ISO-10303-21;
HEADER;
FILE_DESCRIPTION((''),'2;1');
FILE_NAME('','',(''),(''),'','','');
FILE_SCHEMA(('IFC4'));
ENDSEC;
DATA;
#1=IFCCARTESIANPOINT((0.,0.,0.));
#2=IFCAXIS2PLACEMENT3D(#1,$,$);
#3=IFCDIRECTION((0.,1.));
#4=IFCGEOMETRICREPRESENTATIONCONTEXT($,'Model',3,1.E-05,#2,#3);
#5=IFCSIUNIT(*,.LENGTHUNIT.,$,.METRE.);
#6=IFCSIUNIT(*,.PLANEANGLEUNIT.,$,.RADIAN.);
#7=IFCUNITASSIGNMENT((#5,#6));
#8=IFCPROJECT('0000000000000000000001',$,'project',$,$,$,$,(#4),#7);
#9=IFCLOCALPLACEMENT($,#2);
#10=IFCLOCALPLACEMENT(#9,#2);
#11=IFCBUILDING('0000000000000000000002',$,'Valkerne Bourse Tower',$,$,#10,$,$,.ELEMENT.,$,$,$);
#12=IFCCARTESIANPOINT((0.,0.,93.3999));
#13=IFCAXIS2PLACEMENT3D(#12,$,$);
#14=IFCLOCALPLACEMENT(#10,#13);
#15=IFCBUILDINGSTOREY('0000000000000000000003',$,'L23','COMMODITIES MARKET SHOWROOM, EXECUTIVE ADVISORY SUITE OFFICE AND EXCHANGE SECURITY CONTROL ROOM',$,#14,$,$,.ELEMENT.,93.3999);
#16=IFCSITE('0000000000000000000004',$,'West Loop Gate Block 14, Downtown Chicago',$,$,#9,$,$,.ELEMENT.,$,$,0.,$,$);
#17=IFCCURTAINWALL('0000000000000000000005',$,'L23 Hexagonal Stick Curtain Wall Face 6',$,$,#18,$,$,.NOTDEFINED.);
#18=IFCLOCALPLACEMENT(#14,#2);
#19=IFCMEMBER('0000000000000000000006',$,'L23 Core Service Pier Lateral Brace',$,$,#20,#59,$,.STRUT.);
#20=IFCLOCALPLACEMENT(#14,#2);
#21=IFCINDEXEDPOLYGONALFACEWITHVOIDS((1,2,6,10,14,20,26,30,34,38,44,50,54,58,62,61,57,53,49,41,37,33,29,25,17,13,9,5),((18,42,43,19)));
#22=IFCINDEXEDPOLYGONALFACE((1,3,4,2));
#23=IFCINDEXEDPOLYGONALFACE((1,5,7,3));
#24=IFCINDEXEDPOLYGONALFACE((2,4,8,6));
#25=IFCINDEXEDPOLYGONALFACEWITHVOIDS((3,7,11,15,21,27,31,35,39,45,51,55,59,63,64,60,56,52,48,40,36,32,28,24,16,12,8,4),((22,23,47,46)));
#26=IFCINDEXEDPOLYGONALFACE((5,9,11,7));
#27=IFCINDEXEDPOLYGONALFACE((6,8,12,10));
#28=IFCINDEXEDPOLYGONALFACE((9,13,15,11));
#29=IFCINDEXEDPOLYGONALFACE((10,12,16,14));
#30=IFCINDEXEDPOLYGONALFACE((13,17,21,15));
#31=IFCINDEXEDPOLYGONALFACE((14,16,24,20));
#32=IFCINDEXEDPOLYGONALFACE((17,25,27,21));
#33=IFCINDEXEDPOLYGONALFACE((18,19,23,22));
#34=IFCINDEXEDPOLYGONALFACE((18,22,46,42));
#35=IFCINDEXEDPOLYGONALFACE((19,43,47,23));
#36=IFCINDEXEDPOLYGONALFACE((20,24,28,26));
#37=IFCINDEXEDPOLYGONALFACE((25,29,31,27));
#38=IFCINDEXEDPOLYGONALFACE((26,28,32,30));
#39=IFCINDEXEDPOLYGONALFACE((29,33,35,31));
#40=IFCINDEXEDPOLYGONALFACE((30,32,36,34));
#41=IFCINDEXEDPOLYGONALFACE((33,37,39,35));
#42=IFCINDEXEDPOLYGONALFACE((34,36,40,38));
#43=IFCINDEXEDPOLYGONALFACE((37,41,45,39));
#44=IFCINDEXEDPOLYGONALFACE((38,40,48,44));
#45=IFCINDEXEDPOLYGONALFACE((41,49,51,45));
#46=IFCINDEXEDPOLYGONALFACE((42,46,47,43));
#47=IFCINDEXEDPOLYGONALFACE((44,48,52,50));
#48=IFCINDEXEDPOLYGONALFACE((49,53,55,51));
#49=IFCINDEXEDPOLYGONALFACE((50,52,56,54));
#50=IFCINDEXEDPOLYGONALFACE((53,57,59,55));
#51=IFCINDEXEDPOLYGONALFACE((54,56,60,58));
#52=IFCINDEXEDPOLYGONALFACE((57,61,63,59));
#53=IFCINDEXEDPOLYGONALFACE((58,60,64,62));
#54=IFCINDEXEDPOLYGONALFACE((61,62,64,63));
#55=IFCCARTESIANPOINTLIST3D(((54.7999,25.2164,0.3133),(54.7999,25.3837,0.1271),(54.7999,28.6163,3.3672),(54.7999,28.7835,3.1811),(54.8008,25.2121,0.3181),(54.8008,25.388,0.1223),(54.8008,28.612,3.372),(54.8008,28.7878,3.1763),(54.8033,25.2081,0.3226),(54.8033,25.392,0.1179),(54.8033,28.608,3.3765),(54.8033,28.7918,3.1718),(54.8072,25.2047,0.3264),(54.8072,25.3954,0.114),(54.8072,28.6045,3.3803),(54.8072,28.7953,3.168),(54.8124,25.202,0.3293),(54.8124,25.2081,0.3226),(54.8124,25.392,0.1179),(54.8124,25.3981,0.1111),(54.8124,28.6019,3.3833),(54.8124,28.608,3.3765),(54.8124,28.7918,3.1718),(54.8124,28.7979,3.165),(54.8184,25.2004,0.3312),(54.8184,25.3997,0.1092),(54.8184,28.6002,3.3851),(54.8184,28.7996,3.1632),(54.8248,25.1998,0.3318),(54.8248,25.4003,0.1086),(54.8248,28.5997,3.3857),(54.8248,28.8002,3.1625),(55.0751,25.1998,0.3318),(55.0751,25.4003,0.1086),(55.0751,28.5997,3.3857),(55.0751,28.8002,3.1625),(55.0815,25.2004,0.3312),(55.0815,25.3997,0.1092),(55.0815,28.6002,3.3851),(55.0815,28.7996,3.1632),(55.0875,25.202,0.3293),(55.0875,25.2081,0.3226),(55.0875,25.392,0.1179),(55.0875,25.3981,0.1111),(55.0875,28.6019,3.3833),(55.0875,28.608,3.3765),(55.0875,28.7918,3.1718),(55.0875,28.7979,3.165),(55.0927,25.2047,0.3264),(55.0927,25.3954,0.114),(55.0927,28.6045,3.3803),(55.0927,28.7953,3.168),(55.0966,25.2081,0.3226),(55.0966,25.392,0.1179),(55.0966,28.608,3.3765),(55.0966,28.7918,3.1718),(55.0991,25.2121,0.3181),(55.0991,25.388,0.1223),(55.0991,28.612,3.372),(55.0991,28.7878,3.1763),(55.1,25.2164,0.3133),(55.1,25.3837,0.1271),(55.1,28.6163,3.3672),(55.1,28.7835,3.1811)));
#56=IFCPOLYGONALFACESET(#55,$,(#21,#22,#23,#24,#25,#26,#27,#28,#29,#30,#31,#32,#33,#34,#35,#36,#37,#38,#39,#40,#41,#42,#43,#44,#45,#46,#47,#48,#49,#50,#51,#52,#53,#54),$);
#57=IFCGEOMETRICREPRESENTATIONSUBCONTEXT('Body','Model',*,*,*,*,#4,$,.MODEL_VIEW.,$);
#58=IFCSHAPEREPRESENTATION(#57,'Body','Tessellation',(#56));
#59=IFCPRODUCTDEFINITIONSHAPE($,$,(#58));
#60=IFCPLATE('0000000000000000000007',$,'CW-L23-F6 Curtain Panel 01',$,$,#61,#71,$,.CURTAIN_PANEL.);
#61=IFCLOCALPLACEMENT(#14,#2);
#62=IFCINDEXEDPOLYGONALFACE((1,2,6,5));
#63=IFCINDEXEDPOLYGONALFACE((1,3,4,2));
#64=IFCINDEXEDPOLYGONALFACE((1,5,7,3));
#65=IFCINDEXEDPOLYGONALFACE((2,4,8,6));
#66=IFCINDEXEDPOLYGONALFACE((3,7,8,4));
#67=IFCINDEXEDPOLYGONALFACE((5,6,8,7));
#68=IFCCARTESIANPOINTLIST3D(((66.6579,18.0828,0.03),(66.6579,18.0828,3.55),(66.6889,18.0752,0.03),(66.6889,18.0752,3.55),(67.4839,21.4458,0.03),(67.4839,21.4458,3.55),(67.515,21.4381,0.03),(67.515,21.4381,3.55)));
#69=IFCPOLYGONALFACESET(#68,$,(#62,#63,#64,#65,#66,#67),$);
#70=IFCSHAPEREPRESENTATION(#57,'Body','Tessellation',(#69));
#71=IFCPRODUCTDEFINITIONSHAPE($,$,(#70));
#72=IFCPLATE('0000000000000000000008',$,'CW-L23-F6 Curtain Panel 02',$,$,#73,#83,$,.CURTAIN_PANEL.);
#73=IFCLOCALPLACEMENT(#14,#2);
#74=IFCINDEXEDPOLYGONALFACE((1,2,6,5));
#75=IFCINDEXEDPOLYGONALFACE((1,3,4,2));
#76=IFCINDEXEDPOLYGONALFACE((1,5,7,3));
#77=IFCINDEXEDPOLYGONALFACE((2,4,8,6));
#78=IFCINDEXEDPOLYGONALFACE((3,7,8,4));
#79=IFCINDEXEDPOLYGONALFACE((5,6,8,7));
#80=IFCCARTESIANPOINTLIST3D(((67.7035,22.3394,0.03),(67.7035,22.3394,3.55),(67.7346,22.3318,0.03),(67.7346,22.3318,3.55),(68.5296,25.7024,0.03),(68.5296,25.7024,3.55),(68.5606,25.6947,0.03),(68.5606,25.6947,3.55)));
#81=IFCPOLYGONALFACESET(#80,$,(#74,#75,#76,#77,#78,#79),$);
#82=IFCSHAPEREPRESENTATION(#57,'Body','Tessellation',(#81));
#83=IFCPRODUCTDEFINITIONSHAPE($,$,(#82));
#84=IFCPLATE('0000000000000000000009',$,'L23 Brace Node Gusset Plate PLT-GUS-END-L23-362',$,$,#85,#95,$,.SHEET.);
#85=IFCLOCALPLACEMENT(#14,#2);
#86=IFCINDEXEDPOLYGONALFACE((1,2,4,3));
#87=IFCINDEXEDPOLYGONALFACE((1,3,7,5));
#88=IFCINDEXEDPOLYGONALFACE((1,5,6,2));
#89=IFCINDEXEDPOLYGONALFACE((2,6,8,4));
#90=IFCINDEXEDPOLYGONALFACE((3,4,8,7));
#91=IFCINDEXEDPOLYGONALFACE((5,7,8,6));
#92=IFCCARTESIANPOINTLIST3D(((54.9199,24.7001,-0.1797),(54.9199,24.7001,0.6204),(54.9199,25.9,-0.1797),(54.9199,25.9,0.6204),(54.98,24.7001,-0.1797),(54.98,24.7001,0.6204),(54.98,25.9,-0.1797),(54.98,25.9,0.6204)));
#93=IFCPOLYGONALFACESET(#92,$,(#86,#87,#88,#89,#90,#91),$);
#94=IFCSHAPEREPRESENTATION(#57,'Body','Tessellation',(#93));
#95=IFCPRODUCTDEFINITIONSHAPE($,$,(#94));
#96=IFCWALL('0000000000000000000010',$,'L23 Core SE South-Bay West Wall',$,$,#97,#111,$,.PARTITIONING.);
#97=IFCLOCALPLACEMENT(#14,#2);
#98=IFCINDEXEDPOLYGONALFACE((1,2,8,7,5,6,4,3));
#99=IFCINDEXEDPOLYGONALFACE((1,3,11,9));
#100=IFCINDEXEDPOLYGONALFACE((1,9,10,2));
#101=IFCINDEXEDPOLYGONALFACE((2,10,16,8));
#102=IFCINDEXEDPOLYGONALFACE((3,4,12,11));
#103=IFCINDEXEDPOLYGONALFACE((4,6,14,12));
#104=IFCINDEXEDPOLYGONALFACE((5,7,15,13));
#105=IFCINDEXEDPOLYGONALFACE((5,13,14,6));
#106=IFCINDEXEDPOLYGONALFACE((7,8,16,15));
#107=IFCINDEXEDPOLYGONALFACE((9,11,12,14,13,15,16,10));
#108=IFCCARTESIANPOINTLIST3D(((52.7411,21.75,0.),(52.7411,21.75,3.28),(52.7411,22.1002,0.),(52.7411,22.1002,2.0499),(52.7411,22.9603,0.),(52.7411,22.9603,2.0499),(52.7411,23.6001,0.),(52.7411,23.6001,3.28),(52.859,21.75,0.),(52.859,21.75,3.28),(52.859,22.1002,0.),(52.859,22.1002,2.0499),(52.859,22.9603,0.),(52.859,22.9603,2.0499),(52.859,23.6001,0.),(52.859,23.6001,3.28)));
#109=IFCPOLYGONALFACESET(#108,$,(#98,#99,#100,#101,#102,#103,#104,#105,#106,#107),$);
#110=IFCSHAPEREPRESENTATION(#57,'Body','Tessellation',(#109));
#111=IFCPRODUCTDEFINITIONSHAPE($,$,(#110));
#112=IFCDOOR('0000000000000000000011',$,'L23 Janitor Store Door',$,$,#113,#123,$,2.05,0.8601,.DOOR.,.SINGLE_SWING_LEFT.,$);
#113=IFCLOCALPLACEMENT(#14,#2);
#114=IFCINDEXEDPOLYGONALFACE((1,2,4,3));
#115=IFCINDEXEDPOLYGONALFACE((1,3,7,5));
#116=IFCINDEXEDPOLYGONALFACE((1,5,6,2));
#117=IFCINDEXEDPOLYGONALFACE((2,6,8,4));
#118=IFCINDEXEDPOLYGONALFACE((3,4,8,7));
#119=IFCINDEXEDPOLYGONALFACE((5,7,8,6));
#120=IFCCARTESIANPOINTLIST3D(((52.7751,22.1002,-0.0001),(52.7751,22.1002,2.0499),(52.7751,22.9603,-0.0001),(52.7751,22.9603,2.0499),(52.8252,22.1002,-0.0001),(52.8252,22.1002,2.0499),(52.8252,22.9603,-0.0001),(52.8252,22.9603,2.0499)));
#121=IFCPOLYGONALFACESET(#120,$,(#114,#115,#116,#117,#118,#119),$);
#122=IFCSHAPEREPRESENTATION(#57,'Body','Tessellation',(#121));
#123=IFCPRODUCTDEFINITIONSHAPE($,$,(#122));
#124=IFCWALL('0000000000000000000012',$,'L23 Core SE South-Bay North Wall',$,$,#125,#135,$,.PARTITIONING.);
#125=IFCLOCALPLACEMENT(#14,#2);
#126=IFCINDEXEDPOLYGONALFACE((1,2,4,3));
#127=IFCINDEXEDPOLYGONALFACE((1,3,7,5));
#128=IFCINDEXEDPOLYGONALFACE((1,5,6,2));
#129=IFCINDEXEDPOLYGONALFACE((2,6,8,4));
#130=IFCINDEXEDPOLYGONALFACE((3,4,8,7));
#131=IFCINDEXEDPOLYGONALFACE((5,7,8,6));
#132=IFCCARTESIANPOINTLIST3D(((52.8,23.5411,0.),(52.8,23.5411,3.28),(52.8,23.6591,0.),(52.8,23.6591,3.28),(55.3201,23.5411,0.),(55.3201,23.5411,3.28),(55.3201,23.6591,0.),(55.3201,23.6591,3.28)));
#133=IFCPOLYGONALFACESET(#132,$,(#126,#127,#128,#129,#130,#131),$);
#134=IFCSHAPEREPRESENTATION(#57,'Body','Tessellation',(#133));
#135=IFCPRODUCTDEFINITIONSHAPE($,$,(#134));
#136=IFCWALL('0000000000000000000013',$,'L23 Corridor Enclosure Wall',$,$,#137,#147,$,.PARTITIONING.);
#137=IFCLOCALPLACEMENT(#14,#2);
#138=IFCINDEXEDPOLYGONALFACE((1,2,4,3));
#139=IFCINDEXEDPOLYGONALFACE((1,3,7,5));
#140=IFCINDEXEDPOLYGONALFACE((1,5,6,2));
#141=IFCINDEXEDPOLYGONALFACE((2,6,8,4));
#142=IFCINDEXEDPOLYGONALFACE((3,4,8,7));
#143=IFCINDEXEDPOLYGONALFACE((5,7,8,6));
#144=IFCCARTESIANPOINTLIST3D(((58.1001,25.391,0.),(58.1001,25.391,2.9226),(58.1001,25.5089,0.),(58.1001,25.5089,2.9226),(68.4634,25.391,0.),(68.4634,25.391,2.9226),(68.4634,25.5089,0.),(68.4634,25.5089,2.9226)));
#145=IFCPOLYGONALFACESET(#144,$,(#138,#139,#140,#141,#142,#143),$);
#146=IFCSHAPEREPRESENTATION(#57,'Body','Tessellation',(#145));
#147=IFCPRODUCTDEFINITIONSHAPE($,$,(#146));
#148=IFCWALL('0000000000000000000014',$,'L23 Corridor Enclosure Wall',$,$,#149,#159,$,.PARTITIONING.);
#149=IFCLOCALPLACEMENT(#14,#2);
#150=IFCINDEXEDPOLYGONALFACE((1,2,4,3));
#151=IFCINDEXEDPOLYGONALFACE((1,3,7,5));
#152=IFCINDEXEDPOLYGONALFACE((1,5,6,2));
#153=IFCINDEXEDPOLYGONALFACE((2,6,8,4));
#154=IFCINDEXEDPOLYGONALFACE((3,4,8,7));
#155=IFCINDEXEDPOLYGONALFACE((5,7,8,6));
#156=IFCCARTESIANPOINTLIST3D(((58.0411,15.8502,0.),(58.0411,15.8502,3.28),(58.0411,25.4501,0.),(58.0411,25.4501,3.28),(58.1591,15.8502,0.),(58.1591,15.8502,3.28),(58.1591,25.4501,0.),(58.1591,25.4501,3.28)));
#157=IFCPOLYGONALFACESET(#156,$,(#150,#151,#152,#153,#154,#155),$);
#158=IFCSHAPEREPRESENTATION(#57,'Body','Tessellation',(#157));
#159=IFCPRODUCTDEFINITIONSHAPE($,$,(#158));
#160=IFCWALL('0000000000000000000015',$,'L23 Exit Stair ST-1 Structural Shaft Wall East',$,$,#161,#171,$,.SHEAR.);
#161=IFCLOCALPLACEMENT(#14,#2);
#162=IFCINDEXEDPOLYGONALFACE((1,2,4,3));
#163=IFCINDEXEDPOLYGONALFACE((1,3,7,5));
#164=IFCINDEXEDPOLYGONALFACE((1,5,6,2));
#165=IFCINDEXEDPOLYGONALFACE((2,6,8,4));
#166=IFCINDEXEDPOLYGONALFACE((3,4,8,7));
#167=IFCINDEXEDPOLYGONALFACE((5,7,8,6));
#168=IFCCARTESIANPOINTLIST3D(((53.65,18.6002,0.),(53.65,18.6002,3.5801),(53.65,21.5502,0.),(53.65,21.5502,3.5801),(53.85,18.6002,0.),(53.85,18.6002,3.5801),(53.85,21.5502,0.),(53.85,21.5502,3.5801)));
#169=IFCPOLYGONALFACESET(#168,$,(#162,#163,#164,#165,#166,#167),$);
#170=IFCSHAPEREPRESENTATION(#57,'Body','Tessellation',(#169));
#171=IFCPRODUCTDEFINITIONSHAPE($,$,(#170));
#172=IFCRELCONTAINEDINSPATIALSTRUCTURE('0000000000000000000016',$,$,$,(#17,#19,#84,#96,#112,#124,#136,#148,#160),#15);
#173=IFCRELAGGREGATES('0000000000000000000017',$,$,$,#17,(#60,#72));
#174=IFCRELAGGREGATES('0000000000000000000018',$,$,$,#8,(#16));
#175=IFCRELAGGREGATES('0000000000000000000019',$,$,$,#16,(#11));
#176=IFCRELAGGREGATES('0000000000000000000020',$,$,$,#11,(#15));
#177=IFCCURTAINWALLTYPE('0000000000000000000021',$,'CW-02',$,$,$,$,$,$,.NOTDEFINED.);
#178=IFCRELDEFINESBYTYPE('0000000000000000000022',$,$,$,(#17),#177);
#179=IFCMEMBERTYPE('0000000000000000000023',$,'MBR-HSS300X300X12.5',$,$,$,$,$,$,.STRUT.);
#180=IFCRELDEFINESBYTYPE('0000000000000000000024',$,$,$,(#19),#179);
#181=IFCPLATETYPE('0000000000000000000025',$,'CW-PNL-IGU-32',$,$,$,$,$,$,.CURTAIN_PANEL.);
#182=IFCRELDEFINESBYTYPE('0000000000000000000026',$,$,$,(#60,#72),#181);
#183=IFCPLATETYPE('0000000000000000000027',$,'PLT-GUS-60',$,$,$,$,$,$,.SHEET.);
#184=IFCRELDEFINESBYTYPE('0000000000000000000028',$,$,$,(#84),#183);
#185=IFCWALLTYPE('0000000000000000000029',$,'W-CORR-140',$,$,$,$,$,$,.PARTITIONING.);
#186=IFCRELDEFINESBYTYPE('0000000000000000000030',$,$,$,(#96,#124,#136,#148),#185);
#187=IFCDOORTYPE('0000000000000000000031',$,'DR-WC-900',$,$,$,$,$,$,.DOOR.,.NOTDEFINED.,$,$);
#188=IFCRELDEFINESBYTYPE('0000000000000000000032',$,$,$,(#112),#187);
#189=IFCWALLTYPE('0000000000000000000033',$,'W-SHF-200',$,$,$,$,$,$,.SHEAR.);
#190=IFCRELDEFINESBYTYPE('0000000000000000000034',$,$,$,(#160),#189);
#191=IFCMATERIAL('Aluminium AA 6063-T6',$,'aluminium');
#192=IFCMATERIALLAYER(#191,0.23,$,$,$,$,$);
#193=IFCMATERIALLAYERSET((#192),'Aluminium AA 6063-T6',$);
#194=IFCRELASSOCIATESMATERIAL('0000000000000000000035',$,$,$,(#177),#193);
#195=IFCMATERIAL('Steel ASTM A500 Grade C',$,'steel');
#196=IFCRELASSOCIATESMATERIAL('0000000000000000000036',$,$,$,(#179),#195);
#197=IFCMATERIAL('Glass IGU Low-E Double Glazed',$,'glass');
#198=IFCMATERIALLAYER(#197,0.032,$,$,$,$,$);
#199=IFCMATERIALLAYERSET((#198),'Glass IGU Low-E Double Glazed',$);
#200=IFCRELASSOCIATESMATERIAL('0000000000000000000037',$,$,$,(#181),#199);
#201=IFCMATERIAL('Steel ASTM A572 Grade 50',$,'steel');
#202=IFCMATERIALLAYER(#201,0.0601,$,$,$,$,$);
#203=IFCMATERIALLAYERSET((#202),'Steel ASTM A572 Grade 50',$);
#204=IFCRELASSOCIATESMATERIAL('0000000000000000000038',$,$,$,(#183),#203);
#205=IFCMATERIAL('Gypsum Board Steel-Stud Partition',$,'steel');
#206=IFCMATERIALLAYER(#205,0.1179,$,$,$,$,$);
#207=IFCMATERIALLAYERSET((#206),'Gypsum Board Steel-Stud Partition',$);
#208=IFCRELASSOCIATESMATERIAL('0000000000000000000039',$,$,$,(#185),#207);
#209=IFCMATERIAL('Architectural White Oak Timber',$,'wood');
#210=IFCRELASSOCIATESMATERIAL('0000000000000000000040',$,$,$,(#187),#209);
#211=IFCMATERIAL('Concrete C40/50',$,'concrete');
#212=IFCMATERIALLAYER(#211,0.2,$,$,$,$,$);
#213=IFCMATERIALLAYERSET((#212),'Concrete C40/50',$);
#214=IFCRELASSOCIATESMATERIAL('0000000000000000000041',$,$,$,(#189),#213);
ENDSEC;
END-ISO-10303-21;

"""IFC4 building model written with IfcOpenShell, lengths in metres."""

from ifc_helpers import new_model, si_unit, direction, frame, frame_2d, origin, origin_2d, place, context, subcontext, project, spatial, rectangle, hollow_rectangle, extrude, material, layer, layer_set, material_profile, profile_set, type_object, element, fill, aggregate, save


model = new_model("IFC4")

# Units and contexts
model_context = context("Model", 3, precision=1e-05, world=origin(), true_north=direction((0.0, 1.0)))
body_context = subcontext(model_context, "Body", "Model", "MODEL_VIEW")
ifc_project = project(units=[si_unit("LENGTHUNIT", "METRE"), si_unit("PLANEANGLEUNIT", "RADIAN")], contexts=[model_context])

# Site, building, storey
site_placement = place(None, origin())
site = spatial("IfcSite", under=ifc_project, at=site_placement, Name="West Loop Gate Block 14, Downtown Chicago", CompositionType="ELEMENT", RefElevation=0.0)
building_placement = place(site_placement, origin())
building = spatial("IfcBuilding", under=site, at=building_placement, Name="Valkerne Bourse Tower", CompositionType="ELEMENT")
storey_placement = place(building_placement, frame((0.0, 0.0, 93.3999)))
storey = spatial("IfcBuildingStorey", under=building, at=storey_placement, Name="L23", Description="COMMODITIES MARKET SHOWROOM, EXECUTIVE ADVISORY SUITE OFFICE AND EXCHANGE SECURITY CONTROL ROOM", CompositionType="ELEMENT", Elevation=93.3999)

# Curtain wall
ifc_material_1 = material(Name="Aluminium AA 6063-T6", Category="aluminium")
ifc_layer_1 = layer(ifc_material_1, 0.23)
ifc_layer_set_1 = layer_set([ifc_layer_1], Name="Aluminium AA 6063-T6")
curtain_wall_type = type_object("IfcCurtainWallType", Name="CW-02", PredefinedType="NOTDEFINED", material=ifc_layer_set_1)
curtain_wall_placement = place(storey_placement, origin())
curtain_wall = element("IfcCurtainWall", 1, at=curtain_wall_placement, inside=storey, type_object=curtain_wall_type, Name="L23 Hexagonal Stick Curtain Wall Face 6", PredefinedType="NOTDEFINED")

# Member
ifc_material_2 = material(Name="Steel ASTM A500 Grade C", Category="steel")
ifc_material_profile_1 = material_profile(ifc_material_2, hollow_rectangle(XDim=0.3, YDim=0.3, WallThickness=0.0125, OuterFilletRadius=0.0249, at=origin_2d()), Name="HSS300X300X12.5")
ifc_profile_set_1 = profile_set([ifc_material_profile_1], Name="Steel ASTM A500 Grade C")
member_type_1 = type_object("IfcMemberType", Name="MBR-HSS300X300X12.5", PredefinedType="STRUT", material=ifc_profile_set_1)
member_1_placement = place(storey_placement, frame((54.95, 25.3, 0.2202), z_axis=(0.0, 0.743942, 0.668244), x_axis=(-1.0, 0.0, 0.0)))
element("IfcMember", 2, at=member_1_placement, inside=storey, type_object=member_type_1, Name="L23 Core Service Pier Lateral Brace", PredefinedType="STRUT", context=body_context, shape_type="SweptSolid", body=[
    extrude(hollow_rectangle(XDim=0.3, YDim=0.3, WallThickness=0.0125, OuterFilletRadius=0.0249, at=origin_2d()), origin(), (0.0, 0.0, 1.0), 4.5701),
])

# Plates
ifc_material_3 = material(Name="Glass IGU Low-E Double Glazed", Category="glass")
ifc_layer_2 = layer(ifc_material_3, 0.032)
ifc_layer_set_2 = layer_set([ifc_layer_2], Name="Glass IGU Low-E Double Glazed")
plate_type_1 = type_object("IfcPlateType", Name="CW-PNL-IGU-32", PredefinedType="CURTAIN_PANEL", material=ifc_layer_set_2)
plate_1_placement = place(storey_placement, frame((67.0864, 19.7605, 0.03), z_axis=(0.0, 0.0, 1.0), x_axis=(0.238534, 0.971134, 0.0)))
plate_1 = element("IfcPlate", 3, at=plate_1_placement, type_object=plate_type_1, Name="CW-L23-F6 Curtain Panel 01", PredefinedType="CURTAIN_PANEL", context=body_context, shape_type="SweptSolid", body=[
    extrude(rectangle(XDim=3.4629, YDim=0.032, at=origin_2d()), origin(), (0.0, 0.0, 1.0), 3.52),
])
plate_2_placement = place(storey_placement, frame((68.1321, 24.0171, 0.03), z_axis=(0.0, 0.0, 1.0), x_axis=(0.238534, 0.971134, 0.0)))
plate_2 = element("IfcPlate", 4, at=plate_2_placement, type_object=plate_type_1, Name="CW-L23-F6 Curtain Panel 02", PredefinedType="CURTAIN_PANEL", context=body_context, shape_type="SweptSolid", body=[
    extrude(rectangle(XDim=3.4629, YDim=0.032, at=origin_2d()), origin(), (0.0, 0.0, 1.0), 3.52),
])
aggregate(curtain_wall, [plate_1, plate_2])
ifc_material_4 = material(Name="Steel ASTM A572 Grade 50", Category="steel")
ifc_layer_3 = layer(ifc_material_4, 0.0601)
ifc_layer_set_3 = layer_set([ifc_layer_3], Name="Steel ASTM A572 Grade 50")
plate_type_2 = type_object("IfcPlateType", Name="PLT-GUS-60", PredefinedType="SHEET", material=ifc_layer_set_3)
plate_3_placement = place(storey_placement, frame((54.95, 25.3, -0.1797), z_axis=(0.0, 0.0, 1.0), x_axis=(0.0, 1.0, 0.0)))
element("IfcPlate", 5, at=plate_3_placement, inside=storey, type_object=plate_type_2, Name="L23 Brace Node Gusset Plate PLT-GUS-END-L23-362", PredefinedType="SHEET", context=body_context, shape_type="SweptSolid", body=[
    extrude(rectangle(XDim=1.2, YDim=0.0601, at=origin_2d()), origin(), (0.0, 0.0, 1.0), 0.8),
])

# Wall, opening, door
ifc_material_5 = material(Name="Gypsum Board Steel-Stud Partition", Category="steel")
ifc_layer_4 = layer(ifc_material_5, 0.1179)
ifc_layer_set_4 = layer_set([ifc_layer_4], Name="Gypsum Board Steel-Stud Partition")
wall_type_1 = type_object("IfcWallType", Name="W-CORR-140", PredefinedType="PARTITIONING", material=ifc_layer_set_4)
wall_1_placement = place(storey_placement, frame((52.8, 21.75, 0.0), z_axis=(0.0, 0.0, 1.0), x_axis=(0.0, 1.0, 0.0)))
wall_1 = element("IfcWall", 6, at=wall_1_placement, inside=storey, type_object=wall_type_1, Name="L23 Core SE South-Bay West Wall", PredefinedType="PARTITIONING", context=body_context, shape_type="SweptSolid", body=[
    extrude(rectangle(XDim=1.8501, YDim=0.1179, at=frame_2d((0.925, 0.0))), origin(), (0.0, 0.0, 1.0), 3.28),
])
opening_1_placement = place(wall_1_placement, frame((0.3501, 0.0, 0.0)))
opening_1 = element("IfcOpeningElement", 7, at=opening_1_placement, cuts=wall_1, PredefinedType="OPENING", context=body_context, shape_type="SweptSolid", body=[
    extrude(rectangle(XDim=0.8601, YDim=2.05, at=frame_2d((0.4302, 1.0249))), frame((0.0, 0.0688, 0.0), z_axis=(0.0, -1.0, 0.0), x_axis=(1.0, 0.0, 0.0)), (0.0, 0.0, 1.0), 0.1379),
])
ifc_material_6 = material(Name="Architectural White Oak Timber", Category="wood")
door_type_1 = type_object("IfcDoorType", Name="DR-WC-900", OperationType="NOTDEFINED", PredefinedType="DOOR", material=ifc_material_6)
door_1_placement = place(opening_1_placement, origin())
door_1 = element("IfcDoor", 8, at=door_1_placement, inside=storey, type_object=door_type_1, Name="L23 Janitor Store Door", OperationType="SINGLE_SWING_LEFT", OverallHeight=2.05, OverallWidth=0.8601, PredefinedType="DOOR", context=body_context, shape_type="SweptSolid", body=[
    extrude(rectangle(XDim=0.8601, YDim=2.05, at=frame_2d((0.4302, 1.0249))), frame((0.0, 0.0249, 0.0), z_axis=(0.0, -1.0, 0.0), x_axis=(1.0, 0.0, 0.0)), (0.0, 0.0, 1.0), 0.05),
])
fill(opening_1, door_1)

# Walls
wall_2_placement = place(storey_placement, frame((52.8, 23.6001, 0.0), z_axis=(0.0, 0.0, 1.0), x_axis=(1.0, 0.0, 0.0)))
element("IfcWall", 9, at=wall_2_placement, inside=storey, type_object=wall_type_1, Name="L23 Core SE South-Bay North Wall", PredefinedType="PARTITIONING", context=body_context, shape_type="SweptSolid", body=[
    extrude(rectangle(XDim=2.52, YDim=0.1179, at=frame_2d((1.26, 0.0))), origin(), (0.0, 0.0, 1.0), 3.28),
])
wall_3_placement = place(storey_placement, frame((68.4634, 25.45, 0.0), z_axis=(0.0, 0.0, 1.0), x_axis=(-1.0, 0.0, 0.0)))
element("IfcWall", 10, at=wall_3_placement, inside=storey, type_object=wall_type_1, Name="L23 Corridor Enclosure Wall", PredefinedType="PARTITIONING", context=body_context, shape_type="SweptSolid", body=[
    extrude(rectangle(XDim=10.3633, YDim=0.1179, at=frame_2d((5.1816, 0.0))), origin(), (0.0, 0.0, 1.0), 2.9226),
])
wall_4_placement = place(storey_placement, frame((58.1001, 25.45, 0.0), z_axis=(0.0, 0.0, 1.0), x_axis=(0.0, -1.0, 0.0)))
element("IfcWall", 11, at=wall_4_placement, inside=storey, type_object=wall_type_1, Name="L23 Corridor Enclosure Wall", PredefinedType="PARTITIONING", context=body_context, shape_type="SweptSolid", body=[
    extrude(rectangle(XDim=9.5999, YDim=0.1179, at=frame_2d((4.7998, 0.0))), origin(), (0.0, 0.0, 1.0), 3.28),
])

# Wall
ifc_material_7 = material(Name="Concrete C40/50", Category="concrete")
ifc_layer_5 = layer(ifc_material_7, 0.2)
ifc_layer_set_5 = layer_set([ifc_layer_5], Name="Concrete C40/50")
wall_type_2 = type_object("IfcWallType", Name="W-SHF-200", PredefinedType="SHEAR", material=ifc_layer_set_5)
wall_5_placement = place(storey_placement, frame((53.75, 18.6001, 0.0), z_axis=(0.0, 0.0, 1.0), x_axis=(0.0, 1.0, 0.0)))
element("IfcWall", 12, at=wall_5_placement, inside=storey, type_object=wall_type_2, Name="L23 Exit Stair ST-1 Structural Shaft Wall East", PredefinedType="SHEAR", context=body_context, shape_type="SweptSolid", body=[
    extrude(rectangle(XDim=2.95, YDim=0.2, at=frame_2d((1.4751, 0.0))), origin(), (0.0, 0.0, 1.0), 3.5801),
])

save(model, "model.ifc")
